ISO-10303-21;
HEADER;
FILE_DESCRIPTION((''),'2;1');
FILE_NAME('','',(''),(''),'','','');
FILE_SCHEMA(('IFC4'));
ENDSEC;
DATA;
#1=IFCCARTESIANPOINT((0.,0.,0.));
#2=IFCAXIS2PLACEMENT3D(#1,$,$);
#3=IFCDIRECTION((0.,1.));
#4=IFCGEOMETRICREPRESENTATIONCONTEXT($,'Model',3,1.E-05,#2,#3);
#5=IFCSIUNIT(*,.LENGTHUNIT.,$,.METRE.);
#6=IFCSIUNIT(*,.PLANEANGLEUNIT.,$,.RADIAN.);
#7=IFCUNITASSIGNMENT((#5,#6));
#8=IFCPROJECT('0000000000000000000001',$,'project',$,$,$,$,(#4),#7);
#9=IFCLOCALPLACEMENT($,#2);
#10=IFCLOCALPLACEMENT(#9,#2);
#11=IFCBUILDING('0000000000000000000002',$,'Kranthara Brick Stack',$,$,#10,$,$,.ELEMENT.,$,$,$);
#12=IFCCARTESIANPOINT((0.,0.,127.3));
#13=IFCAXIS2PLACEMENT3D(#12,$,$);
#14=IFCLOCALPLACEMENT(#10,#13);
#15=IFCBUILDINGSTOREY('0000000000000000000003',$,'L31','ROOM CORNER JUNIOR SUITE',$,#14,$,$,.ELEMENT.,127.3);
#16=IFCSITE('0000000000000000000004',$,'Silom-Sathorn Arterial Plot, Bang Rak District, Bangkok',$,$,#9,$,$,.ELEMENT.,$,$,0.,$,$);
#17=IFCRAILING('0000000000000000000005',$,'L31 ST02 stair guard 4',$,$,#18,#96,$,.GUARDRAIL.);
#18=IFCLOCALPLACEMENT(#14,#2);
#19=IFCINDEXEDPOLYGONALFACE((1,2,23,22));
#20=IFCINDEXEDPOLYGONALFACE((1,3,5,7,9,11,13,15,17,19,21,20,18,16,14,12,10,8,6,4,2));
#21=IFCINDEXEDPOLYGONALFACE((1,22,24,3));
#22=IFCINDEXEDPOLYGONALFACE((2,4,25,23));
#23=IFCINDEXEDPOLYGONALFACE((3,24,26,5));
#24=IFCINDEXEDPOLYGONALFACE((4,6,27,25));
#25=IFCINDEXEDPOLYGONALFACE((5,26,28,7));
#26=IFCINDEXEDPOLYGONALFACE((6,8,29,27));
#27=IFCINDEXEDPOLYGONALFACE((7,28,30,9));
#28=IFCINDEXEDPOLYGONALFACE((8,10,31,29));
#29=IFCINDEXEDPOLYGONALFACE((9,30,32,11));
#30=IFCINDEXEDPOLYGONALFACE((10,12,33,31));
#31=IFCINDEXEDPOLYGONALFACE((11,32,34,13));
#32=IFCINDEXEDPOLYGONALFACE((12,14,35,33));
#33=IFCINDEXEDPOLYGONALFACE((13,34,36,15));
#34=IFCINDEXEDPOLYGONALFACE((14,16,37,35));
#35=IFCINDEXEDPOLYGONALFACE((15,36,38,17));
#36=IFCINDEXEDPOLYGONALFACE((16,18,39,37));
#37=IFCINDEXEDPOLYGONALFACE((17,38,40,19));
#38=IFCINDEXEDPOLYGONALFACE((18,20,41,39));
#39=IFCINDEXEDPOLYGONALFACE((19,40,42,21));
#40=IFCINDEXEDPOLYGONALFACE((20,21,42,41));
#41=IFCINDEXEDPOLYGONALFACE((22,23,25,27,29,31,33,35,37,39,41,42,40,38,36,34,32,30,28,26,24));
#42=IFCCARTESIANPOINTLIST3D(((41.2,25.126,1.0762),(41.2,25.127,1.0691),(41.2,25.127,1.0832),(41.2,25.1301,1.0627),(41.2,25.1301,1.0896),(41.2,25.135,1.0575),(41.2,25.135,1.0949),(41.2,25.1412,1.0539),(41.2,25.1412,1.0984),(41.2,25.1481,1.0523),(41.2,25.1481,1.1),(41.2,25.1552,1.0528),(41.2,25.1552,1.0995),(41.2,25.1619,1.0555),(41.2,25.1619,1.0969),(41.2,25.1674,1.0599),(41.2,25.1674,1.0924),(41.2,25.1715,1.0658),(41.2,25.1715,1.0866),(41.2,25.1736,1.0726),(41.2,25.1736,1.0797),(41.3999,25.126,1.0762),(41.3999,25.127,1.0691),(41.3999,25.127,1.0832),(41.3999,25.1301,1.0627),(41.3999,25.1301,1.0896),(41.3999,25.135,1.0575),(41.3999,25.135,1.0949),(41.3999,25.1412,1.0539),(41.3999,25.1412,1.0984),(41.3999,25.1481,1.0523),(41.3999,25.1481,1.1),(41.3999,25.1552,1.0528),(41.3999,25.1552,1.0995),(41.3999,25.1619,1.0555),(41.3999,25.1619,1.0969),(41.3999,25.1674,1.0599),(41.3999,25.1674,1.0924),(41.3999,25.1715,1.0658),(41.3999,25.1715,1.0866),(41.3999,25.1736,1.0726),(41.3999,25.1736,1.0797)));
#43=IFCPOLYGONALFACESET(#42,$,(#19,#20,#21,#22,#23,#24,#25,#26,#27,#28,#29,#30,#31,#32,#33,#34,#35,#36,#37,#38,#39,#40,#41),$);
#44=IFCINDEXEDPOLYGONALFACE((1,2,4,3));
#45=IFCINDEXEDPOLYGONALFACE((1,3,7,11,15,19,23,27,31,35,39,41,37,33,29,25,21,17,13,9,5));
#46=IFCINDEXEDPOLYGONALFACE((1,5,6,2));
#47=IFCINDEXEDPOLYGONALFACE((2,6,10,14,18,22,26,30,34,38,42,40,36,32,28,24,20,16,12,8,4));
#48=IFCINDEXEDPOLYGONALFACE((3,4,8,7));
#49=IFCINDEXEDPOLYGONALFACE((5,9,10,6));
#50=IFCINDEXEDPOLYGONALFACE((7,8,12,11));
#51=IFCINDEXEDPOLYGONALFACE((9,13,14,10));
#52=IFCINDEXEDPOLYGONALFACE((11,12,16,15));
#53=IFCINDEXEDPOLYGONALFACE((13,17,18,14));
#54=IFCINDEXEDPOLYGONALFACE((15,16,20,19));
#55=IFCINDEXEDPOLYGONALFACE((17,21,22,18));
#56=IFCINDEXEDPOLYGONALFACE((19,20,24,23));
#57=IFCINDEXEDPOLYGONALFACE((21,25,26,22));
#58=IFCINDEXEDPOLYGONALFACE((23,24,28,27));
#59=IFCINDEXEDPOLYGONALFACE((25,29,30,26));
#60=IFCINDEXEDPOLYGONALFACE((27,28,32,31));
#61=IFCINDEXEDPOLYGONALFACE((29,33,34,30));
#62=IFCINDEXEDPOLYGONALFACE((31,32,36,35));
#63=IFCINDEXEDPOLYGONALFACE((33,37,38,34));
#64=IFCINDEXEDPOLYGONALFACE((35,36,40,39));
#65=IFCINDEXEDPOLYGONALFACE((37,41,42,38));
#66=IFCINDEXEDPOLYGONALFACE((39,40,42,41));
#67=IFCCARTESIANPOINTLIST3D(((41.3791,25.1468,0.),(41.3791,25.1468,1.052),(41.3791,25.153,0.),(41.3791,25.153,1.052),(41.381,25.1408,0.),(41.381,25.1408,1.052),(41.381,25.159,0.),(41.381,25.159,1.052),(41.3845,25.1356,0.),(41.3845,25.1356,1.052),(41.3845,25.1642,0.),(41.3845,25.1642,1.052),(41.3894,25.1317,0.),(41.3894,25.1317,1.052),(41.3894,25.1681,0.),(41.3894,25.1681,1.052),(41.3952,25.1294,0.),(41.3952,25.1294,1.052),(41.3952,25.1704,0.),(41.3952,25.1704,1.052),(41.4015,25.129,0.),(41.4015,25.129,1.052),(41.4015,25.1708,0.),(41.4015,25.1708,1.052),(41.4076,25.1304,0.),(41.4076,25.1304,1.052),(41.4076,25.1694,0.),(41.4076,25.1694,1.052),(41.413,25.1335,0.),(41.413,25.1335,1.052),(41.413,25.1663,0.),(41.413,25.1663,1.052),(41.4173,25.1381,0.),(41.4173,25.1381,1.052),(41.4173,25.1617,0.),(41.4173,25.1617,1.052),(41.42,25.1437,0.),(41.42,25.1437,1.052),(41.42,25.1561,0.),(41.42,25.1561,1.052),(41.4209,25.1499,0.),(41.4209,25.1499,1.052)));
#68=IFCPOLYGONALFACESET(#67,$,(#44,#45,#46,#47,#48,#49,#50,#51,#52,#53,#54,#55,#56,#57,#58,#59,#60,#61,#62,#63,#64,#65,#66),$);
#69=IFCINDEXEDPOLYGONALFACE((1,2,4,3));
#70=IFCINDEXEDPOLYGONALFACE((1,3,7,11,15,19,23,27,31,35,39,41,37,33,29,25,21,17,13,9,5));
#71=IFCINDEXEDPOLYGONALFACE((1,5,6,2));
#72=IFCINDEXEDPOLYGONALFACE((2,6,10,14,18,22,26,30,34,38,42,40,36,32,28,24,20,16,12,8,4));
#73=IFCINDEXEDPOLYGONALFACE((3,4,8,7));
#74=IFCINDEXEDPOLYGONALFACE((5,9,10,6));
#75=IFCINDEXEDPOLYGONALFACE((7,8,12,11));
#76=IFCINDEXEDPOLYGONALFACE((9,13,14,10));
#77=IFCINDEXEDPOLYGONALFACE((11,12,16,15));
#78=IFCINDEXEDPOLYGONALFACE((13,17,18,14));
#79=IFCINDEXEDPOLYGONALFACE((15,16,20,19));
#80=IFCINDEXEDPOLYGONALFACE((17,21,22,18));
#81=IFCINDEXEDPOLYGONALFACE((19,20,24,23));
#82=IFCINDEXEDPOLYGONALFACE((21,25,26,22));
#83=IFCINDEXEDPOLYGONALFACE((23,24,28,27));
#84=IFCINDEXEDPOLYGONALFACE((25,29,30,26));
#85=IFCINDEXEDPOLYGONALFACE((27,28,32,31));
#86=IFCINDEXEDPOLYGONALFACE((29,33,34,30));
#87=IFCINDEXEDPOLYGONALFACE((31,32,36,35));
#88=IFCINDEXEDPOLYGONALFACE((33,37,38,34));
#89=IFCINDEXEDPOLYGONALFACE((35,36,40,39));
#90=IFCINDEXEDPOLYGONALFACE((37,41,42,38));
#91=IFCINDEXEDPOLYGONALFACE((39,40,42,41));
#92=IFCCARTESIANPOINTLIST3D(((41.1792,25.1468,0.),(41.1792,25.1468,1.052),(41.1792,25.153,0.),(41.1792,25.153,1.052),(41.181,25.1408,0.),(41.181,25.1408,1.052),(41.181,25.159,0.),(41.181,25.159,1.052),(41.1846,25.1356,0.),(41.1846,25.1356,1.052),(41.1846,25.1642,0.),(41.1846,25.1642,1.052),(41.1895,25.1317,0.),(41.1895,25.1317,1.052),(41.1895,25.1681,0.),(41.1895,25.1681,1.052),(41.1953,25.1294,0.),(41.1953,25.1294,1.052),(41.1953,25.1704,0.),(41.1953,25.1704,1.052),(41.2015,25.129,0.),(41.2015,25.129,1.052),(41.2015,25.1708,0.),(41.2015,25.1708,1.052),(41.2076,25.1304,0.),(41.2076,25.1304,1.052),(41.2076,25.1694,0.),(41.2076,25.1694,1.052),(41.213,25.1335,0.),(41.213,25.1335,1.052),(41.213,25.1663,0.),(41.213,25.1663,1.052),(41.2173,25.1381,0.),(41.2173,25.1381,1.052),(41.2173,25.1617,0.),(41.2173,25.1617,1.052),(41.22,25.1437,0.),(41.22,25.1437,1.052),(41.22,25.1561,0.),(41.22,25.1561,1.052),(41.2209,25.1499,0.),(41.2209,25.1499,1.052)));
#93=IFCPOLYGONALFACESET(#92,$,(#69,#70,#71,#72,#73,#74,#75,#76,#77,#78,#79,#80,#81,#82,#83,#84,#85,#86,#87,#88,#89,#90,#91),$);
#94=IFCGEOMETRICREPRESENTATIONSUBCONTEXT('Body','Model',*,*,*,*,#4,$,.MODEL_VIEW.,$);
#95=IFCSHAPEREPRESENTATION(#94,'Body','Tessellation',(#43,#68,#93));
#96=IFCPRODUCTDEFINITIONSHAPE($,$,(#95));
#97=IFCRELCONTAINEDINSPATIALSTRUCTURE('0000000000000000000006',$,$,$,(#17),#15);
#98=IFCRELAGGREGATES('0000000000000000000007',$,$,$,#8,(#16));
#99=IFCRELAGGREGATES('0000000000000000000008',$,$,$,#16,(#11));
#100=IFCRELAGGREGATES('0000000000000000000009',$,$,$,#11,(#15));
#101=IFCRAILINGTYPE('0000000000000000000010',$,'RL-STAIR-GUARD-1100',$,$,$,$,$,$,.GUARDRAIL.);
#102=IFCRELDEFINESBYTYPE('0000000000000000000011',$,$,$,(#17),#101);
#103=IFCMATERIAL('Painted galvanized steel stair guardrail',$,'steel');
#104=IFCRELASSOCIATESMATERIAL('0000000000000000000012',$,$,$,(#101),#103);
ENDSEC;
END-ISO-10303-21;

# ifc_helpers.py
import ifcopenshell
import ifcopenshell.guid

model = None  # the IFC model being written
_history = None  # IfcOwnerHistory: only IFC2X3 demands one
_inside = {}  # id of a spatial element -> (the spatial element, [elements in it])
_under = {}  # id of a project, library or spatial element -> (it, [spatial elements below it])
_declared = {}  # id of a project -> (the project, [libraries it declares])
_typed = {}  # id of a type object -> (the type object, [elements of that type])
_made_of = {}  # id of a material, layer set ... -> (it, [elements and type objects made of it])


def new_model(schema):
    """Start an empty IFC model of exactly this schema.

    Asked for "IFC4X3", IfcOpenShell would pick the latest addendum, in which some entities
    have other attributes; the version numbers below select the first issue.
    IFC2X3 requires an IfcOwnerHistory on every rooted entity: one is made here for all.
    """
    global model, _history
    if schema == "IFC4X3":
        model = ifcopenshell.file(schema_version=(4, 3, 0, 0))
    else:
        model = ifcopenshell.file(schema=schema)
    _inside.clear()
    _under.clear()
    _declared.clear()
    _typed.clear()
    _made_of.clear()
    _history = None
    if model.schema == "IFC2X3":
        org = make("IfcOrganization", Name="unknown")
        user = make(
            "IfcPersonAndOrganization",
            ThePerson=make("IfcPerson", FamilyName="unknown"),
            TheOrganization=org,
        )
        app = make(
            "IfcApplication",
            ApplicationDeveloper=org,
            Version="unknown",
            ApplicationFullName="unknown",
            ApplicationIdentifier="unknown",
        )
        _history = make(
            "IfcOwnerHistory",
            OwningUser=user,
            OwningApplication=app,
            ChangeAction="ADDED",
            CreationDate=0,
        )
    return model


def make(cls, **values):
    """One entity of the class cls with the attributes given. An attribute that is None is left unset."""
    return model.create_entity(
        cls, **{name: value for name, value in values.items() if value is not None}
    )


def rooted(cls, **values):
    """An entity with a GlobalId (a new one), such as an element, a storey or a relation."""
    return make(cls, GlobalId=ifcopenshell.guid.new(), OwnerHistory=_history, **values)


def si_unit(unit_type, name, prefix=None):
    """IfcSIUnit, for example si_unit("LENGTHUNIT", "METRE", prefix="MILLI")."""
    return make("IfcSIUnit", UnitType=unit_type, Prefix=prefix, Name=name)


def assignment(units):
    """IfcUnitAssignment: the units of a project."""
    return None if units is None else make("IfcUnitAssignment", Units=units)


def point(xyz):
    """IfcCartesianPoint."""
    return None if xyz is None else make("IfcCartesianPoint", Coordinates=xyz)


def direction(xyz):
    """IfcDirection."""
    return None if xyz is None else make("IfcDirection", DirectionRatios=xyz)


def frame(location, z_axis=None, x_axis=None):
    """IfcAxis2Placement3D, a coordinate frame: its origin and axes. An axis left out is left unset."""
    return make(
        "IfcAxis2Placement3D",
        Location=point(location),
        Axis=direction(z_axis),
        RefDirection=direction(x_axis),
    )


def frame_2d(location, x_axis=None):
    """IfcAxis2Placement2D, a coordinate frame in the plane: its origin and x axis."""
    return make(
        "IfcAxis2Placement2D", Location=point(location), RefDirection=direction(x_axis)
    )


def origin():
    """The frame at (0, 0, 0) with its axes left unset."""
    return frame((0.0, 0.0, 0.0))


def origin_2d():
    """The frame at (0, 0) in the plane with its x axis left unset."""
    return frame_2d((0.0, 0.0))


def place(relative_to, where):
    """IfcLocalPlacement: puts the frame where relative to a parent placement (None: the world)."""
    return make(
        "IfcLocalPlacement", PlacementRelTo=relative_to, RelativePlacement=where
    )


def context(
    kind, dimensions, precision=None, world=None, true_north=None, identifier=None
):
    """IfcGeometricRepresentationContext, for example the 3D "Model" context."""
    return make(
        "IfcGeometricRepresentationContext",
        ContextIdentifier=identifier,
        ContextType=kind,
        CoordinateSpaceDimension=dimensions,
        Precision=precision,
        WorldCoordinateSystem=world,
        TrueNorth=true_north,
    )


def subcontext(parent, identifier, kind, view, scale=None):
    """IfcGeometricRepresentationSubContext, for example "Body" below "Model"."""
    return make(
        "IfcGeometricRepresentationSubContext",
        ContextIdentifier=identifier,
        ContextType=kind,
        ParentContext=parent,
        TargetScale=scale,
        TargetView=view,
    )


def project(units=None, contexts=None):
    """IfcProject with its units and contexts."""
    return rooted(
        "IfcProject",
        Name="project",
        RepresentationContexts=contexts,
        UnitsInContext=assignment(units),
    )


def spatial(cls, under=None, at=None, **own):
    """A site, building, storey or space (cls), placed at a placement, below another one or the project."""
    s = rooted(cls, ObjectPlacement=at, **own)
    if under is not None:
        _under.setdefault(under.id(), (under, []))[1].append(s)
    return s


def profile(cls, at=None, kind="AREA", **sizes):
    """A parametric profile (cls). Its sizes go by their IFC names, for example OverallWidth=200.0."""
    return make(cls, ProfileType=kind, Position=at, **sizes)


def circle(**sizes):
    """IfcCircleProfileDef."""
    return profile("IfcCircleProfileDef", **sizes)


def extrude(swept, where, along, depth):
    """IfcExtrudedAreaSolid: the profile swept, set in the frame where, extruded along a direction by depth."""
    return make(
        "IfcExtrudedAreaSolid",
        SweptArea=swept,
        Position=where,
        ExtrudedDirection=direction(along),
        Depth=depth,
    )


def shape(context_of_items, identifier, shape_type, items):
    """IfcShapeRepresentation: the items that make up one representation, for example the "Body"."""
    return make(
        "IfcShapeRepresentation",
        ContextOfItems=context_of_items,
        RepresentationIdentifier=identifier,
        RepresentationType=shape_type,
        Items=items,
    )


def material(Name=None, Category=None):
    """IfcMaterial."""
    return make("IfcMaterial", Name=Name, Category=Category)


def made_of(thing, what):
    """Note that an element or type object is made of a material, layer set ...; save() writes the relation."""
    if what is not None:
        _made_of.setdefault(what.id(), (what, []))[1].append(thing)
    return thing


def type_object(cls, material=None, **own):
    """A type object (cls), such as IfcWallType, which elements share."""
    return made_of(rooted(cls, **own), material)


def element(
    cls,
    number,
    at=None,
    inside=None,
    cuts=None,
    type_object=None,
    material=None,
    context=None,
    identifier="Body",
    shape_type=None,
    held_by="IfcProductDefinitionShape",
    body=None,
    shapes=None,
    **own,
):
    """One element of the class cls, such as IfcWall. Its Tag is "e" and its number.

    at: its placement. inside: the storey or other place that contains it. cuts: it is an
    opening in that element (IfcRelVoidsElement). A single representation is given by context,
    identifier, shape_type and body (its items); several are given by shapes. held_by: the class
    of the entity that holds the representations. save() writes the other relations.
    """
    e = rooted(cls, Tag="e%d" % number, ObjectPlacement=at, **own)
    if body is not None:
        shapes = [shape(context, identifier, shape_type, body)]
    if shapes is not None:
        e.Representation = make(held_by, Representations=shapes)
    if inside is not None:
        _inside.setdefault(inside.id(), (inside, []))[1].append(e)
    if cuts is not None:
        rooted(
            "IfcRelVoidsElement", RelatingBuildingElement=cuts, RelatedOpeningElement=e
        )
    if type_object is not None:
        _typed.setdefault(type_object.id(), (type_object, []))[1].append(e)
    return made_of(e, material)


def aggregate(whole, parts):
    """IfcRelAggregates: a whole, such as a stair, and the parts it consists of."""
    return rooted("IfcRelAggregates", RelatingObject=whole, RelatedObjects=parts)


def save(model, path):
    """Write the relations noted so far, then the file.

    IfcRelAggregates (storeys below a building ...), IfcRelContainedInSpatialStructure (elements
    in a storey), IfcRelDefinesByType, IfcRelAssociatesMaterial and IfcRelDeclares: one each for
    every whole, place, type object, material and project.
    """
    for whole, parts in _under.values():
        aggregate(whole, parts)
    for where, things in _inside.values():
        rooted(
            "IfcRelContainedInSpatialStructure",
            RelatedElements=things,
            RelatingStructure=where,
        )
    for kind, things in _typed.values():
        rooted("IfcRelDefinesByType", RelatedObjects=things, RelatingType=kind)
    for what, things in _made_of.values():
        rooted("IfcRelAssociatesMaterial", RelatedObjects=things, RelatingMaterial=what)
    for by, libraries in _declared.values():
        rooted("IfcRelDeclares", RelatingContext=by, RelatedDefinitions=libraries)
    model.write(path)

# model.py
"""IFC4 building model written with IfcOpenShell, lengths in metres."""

from ifc_helpers import new_model, si_unit, direction, frame, origin, origin_2d, place, context, subcontext, project, spatial, circle, extrude, material, type_object, element, save


model = new_model("IFC4")

# Units and contexts
model_context = context("Model", 3, precision=1e-05, world=origin(), true_north=direction((0.0, 1.0)))
body_context = subcontext(model_context, "Body", "Model", "MODEL_VIEW")
ifc_project = project(units=[si_unit("LENGTHUNIT", "METRE"), si_unit("PLANEANGLEUNIT", "RADIAN")], contexts=[model_context])

# Site, building, storey
site_placement = place(None, origin())
site = spatial("IfcSite", under=ifc_project, at=site_placement, Name="Silom-Sathorn Arterial Plot, Bang Rak District, Bangkok", CompositionType="ELEMENT", RefElevation=0.0)
building_placement = place(site_placement, origin())
building = spatial("IfcBuilding", under=site, at=building_placement, Name="Kranthara Brick Stack", CompositionType="ELEMENT")
storey_placement = place(building_placement, frame((0.0, 0.0, 127.3)))
storey = spatial("IfcBuildingStorey", under=building, at=storey_placement, Name="L31", Description="ROOM CORNER JUNIOR SUITE", CompositionType="ELEMENT", Elevation=127.3)

# Railing
ifc_material_1 = material(Name="Painted galvanized steel stair guardrail", Category="steel")
railing_type = type_object("IfcRailingType", Name="RL-STAIR-GUARD-1100", PredefinedType="GUARDRAIL", material=ifc_material_1)
railing_1_placement = place(storey_placement, frame((41.3999, 25.1499, 0.0)))
element("IfcRailing", 1, at=railing_1_placement, inside=storey, type_object=railing_type, Name="L31 ST02 stair guard 4", PredefinedType="GUARDRAIL", context=body_context, shape_type="SweptSolid", body=[
    extrude(circle(Radius=0.0239, at=origin_2d()), frame((0.0, 0.0, 1.0762), z_axis=(-1.0, 0.0, 0.0), x_axis=(0.0, -1.0, 0.0)), (0.0, 0.0, 1.0), 0.2),
    extrude(circle(Radius=0.021, at=origin_2d()), origin(), (0.0, 0.0, 1.0), 1.052),
    extrude(circle(Radius=0.021, at=origin_2d()), frame((-0.2, 0.0, 0.0)), (0.0, 0.0, 1.0), 1.052),
])

save(model, "model.ifc")
